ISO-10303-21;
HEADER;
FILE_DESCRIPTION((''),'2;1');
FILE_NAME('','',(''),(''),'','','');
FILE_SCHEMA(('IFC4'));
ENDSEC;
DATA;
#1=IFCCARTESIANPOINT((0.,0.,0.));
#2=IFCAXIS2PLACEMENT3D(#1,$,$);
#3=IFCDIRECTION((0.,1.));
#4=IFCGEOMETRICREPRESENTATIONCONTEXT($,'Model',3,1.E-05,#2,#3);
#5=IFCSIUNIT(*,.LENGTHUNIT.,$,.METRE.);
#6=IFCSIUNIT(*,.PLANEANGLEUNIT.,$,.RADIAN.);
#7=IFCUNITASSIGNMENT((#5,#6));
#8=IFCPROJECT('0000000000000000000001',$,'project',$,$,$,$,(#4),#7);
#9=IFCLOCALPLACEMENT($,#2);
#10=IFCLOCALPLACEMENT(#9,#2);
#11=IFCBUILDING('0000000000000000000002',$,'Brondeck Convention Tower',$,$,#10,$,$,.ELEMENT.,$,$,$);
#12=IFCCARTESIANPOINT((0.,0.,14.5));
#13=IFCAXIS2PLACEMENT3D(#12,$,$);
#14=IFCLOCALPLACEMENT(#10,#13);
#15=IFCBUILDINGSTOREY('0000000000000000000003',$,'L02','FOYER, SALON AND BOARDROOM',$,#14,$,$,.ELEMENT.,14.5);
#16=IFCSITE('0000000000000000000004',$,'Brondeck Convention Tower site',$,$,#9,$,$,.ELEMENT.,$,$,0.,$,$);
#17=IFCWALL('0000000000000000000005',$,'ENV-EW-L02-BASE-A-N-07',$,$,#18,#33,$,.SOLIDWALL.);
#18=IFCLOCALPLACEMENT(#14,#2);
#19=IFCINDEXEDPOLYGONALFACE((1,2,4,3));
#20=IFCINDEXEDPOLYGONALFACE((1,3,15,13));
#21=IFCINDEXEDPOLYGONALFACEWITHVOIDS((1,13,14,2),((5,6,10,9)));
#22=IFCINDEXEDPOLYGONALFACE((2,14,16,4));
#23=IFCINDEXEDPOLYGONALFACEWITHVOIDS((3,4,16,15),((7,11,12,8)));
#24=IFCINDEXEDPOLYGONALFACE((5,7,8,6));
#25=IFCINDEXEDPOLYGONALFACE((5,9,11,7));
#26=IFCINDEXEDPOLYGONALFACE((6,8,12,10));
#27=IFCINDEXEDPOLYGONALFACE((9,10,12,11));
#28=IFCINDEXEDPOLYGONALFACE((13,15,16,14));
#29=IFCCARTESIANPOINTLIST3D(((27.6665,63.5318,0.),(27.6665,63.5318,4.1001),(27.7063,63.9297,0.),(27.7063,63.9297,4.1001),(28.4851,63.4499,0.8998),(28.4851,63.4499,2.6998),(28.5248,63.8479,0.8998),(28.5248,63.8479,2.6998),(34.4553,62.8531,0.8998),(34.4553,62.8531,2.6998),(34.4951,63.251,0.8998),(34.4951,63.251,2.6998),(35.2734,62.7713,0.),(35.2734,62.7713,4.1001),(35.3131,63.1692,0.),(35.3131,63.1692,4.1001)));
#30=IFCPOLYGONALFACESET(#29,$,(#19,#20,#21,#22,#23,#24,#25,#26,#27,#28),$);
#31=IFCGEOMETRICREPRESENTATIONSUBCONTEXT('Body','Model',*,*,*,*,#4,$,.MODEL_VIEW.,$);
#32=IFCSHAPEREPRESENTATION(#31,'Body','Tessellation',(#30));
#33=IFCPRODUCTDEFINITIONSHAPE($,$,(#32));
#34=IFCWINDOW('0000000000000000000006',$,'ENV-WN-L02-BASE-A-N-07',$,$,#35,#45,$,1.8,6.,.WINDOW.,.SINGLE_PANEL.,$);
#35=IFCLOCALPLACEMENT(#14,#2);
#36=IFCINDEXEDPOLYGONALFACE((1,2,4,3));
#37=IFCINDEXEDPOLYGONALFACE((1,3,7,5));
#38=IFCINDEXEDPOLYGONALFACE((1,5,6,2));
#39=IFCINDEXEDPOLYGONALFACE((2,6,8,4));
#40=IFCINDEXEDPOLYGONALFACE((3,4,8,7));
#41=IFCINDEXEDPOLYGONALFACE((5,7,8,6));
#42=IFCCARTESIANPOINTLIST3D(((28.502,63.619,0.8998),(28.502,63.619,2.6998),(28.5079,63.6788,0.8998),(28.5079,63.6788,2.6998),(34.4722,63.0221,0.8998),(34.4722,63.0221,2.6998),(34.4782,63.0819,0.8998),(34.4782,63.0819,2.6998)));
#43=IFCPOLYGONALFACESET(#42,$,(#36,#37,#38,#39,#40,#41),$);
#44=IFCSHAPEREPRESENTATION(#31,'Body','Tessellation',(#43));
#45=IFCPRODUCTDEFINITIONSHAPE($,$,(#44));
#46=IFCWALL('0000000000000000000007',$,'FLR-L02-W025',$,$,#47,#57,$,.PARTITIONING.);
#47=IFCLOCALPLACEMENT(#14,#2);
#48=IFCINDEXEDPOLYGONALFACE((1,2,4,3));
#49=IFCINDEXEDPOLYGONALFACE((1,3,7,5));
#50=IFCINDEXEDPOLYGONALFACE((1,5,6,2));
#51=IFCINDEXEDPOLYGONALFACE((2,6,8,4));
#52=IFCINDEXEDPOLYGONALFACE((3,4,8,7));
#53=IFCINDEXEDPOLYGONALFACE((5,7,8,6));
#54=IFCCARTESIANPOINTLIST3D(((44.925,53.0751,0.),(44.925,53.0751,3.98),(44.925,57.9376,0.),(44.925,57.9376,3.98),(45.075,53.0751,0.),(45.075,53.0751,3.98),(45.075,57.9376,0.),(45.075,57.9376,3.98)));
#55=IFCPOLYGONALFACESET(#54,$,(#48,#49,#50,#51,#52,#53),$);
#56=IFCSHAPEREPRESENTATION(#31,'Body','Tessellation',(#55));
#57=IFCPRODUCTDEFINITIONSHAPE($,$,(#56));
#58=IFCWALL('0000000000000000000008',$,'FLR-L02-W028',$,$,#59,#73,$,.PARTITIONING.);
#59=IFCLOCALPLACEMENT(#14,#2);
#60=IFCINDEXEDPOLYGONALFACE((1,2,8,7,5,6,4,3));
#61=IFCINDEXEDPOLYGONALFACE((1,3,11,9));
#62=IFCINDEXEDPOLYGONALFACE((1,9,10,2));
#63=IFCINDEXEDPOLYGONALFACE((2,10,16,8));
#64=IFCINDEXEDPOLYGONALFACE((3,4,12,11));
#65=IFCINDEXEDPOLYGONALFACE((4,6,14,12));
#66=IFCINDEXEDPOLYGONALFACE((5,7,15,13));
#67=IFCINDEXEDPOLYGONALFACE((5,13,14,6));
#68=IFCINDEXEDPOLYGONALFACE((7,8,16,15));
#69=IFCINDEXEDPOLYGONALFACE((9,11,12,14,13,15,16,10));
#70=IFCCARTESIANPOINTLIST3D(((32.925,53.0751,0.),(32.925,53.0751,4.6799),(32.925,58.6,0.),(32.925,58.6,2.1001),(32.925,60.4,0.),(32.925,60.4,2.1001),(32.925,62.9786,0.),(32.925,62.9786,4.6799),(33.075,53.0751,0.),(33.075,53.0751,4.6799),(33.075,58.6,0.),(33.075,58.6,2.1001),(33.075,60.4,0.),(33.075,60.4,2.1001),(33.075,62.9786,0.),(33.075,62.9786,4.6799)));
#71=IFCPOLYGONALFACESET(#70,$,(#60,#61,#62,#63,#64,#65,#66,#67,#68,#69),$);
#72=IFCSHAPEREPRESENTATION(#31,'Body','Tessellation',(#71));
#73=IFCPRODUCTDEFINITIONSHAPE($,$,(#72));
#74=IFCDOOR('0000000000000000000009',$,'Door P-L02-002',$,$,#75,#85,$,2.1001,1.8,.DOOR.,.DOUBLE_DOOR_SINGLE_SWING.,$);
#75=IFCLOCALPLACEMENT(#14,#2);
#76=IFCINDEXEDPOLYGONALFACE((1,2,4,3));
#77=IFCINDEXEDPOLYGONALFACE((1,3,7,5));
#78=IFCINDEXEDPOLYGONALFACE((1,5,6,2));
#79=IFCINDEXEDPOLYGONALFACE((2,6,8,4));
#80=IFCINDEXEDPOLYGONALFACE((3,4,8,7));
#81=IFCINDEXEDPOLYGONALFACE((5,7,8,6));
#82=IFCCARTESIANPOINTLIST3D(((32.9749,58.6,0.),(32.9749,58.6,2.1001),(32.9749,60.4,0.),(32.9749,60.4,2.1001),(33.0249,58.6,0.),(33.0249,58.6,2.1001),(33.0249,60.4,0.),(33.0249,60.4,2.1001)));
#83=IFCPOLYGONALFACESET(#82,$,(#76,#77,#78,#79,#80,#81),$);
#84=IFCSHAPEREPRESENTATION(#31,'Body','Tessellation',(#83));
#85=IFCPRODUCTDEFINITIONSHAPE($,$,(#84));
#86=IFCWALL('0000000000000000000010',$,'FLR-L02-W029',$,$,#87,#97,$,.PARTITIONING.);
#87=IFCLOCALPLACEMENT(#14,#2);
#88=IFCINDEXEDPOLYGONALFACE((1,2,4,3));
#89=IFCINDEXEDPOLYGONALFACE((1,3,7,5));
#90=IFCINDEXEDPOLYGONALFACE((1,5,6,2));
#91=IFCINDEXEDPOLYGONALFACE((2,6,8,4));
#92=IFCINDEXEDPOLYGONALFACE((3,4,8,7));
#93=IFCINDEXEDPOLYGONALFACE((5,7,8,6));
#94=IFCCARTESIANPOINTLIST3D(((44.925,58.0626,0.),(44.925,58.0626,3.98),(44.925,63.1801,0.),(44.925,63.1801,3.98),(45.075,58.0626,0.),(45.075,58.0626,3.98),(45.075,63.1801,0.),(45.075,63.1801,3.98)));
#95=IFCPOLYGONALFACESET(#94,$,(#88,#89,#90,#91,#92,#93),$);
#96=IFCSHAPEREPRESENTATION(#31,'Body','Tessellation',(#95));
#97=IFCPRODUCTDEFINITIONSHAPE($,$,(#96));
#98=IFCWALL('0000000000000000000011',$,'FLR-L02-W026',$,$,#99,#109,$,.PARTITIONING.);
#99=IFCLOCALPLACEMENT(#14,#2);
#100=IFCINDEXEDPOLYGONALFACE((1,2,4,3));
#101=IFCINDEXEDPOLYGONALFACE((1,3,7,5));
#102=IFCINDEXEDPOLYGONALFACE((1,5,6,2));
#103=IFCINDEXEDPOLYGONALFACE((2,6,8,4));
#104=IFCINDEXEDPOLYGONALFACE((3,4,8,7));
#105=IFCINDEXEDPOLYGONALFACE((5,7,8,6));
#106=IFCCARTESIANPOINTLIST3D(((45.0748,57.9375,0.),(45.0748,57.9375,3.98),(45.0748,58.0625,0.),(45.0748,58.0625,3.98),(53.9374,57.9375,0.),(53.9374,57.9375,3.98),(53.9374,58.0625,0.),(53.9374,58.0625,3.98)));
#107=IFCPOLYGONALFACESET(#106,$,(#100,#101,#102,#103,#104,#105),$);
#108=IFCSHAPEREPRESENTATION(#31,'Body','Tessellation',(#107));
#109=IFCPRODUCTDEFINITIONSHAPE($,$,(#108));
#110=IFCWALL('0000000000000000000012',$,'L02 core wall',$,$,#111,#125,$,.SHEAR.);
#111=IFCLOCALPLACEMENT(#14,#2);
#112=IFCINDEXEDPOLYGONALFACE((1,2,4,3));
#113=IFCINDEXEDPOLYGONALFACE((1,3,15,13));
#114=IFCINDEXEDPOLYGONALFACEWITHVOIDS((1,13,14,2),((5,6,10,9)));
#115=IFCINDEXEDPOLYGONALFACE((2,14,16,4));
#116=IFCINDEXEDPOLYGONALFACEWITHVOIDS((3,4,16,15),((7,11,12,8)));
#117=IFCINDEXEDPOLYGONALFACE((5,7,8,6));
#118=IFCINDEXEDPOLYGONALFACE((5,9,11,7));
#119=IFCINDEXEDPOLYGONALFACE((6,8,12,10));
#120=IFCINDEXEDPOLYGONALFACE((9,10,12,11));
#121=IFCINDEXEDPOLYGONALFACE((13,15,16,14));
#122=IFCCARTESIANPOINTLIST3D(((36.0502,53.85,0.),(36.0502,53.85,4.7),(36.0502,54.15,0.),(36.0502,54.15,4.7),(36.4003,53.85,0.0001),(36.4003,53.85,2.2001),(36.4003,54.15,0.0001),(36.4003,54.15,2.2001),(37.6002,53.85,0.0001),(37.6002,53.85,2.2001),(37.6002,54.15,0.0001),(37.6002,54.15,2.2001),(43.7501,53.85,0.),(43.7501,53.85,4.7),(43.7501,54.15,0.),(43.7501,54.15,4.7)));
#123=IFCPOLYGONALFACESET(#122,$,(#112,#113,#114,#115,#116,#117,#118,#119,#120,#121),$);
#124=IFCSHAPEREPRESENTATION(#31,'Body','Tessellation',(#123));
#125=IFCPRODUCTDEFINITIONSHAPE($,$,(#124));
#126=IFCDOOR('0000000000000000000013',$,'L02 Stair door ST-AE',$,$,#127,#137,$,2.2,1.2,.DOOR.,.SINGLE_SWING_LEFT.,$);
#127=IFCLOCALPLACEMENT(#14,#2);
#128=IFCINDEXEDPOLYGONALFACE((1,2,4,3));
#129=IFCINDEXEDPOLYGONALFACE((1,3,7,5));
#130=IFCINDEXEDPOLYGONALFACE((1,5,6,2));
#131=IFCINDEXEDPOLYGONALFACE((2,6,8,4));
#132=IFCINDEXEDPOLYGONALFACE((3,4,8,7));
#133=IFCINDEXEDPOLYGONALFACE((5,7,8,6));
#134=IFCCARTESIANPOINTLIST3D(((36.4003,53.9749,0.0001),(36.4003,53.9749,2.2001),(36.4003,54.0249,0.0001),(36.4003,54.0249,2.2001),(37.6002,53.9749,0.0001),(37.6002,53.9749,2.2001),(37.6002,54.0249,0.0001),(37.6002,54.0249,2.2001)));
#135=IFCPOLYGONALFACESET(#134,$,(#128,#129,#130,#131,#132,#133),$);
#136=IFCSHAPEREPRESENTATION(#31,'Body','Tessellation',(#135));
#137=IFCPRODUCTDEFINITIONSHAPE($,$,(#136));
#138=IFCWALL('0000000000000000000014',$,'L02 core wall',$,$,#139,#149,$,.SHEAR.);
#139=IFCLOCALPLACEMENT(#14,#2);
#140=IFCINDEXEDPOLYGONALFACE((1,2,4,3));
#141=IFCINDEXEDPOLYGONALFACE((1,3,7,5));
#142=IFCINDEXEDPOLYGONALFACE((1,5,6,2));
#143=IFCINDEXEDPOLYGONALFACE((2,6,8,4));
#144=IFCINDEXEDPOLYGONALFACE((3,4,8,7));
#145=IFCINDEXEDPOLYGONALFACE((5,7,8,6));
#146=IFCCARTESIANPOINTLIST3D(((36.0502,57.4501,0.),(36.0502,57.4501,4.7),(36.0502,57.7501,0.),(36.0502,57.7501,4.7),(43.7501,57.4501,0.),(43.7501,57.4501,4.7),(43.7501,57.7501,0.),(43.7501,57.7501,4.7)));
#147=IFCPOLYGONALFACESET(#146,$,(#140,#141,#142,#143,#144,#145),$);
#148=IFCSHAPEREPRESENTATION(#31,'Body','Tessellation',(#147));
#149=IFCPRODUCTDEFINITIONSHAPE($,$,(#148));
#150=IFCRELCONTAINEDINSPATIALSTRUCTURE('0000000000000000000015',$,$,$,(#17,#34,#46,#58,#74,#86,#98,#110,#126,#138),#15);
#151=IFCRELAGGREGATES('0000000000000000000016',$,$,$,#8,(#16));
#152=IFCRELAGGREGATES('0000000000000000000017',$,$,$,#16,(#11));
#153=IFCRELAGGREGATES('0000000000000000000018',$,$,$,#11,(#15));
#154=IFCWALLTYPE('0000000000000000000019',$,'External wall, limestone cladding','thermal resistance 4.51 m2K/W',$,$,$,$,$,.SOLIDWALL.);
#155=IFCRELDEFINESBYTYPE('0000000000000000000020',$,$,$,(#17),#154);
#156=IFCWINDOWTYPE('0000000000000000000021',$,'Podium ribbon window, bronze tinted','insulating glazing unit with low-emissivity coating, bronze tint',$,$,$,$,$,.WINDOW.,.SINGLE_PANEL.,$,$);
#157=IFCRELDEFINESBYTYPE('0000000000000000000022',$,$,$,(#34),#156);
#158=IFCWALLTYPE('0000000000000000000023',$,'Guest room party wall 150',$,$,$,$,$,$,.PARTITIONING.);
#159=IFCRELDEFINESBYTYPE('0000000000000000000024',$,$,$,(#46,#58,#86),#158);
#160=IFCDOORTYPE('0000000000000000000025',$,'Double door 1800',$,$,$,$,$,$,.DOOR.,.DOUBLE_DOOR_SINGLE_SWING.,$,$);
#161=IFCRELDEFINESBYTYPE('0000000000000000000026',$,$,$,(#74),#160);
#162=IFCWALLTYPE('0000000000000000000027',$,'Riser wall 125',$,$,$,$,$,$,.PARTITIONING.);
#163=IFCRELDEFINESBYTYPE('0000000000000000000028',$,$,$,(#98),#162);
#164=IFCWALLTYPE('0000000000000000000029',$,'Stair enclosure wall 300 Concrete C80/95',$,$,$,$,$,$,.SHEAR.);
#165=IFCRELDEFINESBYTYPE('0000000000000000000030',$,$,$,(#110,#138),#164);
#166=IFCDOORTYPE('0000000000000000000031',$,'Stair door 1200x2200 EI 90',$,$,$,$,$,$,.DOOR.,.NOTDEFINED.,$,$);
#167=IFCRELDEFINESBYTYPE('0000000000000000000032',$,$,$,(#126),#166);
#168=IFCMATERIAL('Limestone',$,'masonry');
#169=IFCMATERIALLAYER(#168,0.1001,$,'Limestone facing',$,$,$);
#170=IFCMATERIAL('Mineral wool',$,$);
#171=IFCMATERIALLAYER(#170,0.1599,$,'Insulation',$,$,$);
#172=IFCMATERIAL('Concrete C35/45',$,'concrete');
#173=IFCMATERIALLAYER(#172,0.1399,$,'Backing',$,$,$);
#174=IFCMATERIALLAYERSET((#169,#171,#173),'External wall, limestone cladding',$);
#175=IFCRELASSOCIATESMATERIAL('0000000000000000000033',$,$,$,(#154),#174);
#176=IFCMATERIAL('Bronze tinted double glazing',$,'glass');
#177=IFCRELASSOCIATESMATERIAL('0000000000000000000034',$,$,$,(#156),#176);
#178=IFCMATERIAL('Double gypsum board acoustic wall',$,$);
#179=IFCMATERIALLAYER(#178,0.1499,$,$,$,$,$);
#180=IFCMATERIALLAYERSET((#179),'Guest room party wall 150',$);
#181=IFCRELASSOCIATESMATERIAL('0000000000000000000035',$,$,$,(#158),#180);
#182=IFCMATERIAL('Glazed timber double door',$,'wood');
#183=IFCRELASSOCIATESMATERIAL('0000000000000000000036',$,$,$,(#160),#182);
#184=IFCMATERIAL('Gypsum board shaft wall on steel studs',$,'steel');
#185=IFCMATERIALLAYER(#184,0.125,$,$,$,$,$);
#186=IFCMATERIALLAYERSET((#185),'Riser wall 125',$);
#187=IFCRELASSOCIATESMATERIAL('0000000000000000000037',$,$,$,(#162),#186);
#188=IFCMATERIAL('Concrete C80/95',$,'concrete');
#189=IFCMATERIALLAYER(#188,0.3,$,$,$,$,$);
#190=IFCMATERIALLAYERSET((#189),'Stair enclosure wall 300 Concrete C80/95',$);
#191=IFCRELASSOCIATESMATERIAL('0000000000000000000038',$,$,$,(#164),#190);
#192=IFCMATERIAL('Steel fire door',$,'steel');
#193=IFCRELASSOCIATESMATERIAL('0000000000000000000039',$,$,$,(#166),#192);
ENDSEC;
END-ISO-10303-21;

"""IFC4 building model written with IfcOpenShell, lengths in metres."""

from ifc_helpers import new_model, si_unit, direction, frame, frame_2d, origin, place, context, subcontext, project, spatial, rectangle, extrude, material, layer, layer_set, type_object, element, fill, save


model = new_model("IFC4")

# Units and contexts
model_context = context("Model", 3, precision=1e-05, world=origin(), true_north=direction((0.0, 1.0)))
body_context = subcontext(model_context, "Body", "Model", "MODEL_VIEW")
ifc_project = project(units=[si_unit("LENGTHUNIT", "METRE"), si_unit("PLANEANGLEUNIT", "RADIAN")], contexts=[model_context])

# Site, building, storey
site_placement = place(None, origin())
site = spatial("IfcSite", under=ifc_project, at=site_placement, Name="Brondeck Convention Tower site", CompositionType="ELEMENT", RefElevation=0.0)
building_placement = place(site_placement, origin())
building = spatial("IfcBuilding", under=site, at=building_placement, Name="Brondeck Convention Tower", CompositionType="ELEMENT")
storey_placement = place(building_placement, frame((0.0, 0.0, 14.5)))
storey = spatial("IfcBuildingStorey", under=building, at=storey_placement, Name="L02", Description="FOYER, SALON AND BOARDROOM", CompositionType="ELEMENT", Elevation=14.5)

# Shared definitions
ifc_material_1 = material(Name="Concrete C80/95", Category="concrete")

# Wall, opening, window
ifc_material_2 = material(Name="Limestone", Category="masonry")
ifc_layer_1 = layer(ifc_material_2, 0.1001, Name="Limestone facing")
ifc_material_3 = material(Name="Mineral wool")
ifc_layer_2 = layer(ifc_material_3, 0.1599, Name="Insulation")
ifc_material_4 = material(Name="Concrete C35/45", Category="concrete")
ifc_layer_3 = layer(ifc_material_4, 0.1399, Name="Backing")
ifc_layer_set_1 = layer_set([ifc_layer_1, ifc_layer_2, ifc_layer_3], Name="External wall, limestone cladding")
wall_type_1 = type_object("IfcWallType", Name="External wall, limestone cladding", Description="thermal resistance 4.51 m2K/W", PredefinedType="SOLIDWALL", material=ifc_layer_set_1)
ifc_material_5 = material(Name="Bronze tinted double glazing", Category="glass")
window_type = type_object("IfcWindowType", Name="Podium ribbon window, bronze tinted", Description="insulating glazing unit with low-emissivity coating, bronze tint", PartitioningType="SINGLE_PANEL", PredefinedType="WINDOW", material=ifc_material_5)
wall_1_placement = place(storey_placement, frame((27.6865, 63.7307, 0.0), z_axis=(0.0, 0.0, 1.0), x_axis=(0.99504, -0.099478, 0.0)))
wall_1 = element("IfcWall", 1, at=wall_1_placement, inside=storey, type_object=wall_type_1, Name="ENV-EW-L02-BASE-A-N-07", PredefinedType="SOLIDWALL", context=body_context, shape_type="SweptSolid", body=[
    extrude(rectangle(XDim=7.6448, YDim=0.3999, at=frame_2d((3.8223, 0.0))), origin(), (0.0, 0.0, 1.0), 4.1001),
])
opening_1_placement = place(wall_1_placement, frame((0.8225, 0.0, 0.8999)))
opening_1 = element("IfcOpeningElement", 2, at=opening_1_placement, cuts=wall_1, PredefinedType="OPENING", context=body_context, shape_type="SweptSolid", body=[
    extrude(rectangle(XDim=6.0, YDim=1.8, at=frame_2d((3.0, 0.8999))), frame((0.0, 0.21, 0.0), z_axis=(0.0, -1.0, 0.0), x_axis=(1.0, 0.0, 0.0)), (0.0, 0.0, 1.0), 0.4199),
])
window_1_placement = place(opening_1_placement, origin())
window_1 = element("IfcWindow", 3, at=window_1_placement, inside=storey, type_object=window_type, Name="ENV-WN-L02-BASE-A-N-07", OverallHeight=1.8, OverallWidth=6.0, PartitioningType="SINGLE_PANEL", PredefinedType="WINDOW", context=body_context, shape_type="SweptSolid", body=[
    extrude(rectangle(XDim=6.0, YDim=1.8, at=frame_2d((3.0, 0.8999))), frame((0.0, 0.03, 0.0), z_axis=(0.0, -1.0, 0.0), x_axis=(1.0, 0.0, 0.0)), (0.0, 0.0, 1.0), 0.0601),
])
fill(opening_1, window_1)

# Wall
ifc_material_6 = material(Name="Double gypsum board acoustic wall")
ifc_layer_4 = layer(ifc_material_6, 0.1499)
ifc_layer_set_2 = layer_set([ifc_layer_4], Name="Guest room party wall 150")
wall_type_2 = type_object("IfcWallType", Name="Guest room party wall 150", PredefinedType="PARTITIONING", material=ifc_layer_set_2)
wall_2_placement = place(storey_placement, frame((45.0, 57.9375, 0.0), z_axis=(0.0, 0.0, 1.0), x_axis=(0.0, -1.0, 0.0)))
element("IfcWall", 4, at=wall_2_placement, inside=storey, type_object=wall_type_2, Name="FLR-L02-W025", PredefinedType="PARTITIONING", context=body_context, shape_type="SweptSolid", body=[
    extrude(rectangle(XDim=4.8625, YDim=0.1499, at=frame_2d((2.4312, 0.0))), origin(), (0.0, 0.0, 1.0), 3.98),
])

# Wall, opening, door
wall_3_placement = place(storey_placement, frame((33.0, 62.9785, 0.0), z_axis=(0.0, 0.0, 1.0), x_axis=(0.0, -1.0, 0.0)))
wall_3 = element("IfcWall", 5, at=wall_3_placement, inside=storey, type_object=wall_type_2, Name="FLR-L02-W028", PredefinedType="PARTITIONING", context=body_context, shape_type="SweptSolid", body=[
    extrude(rectangle(XDim=9.9036, YDim=0.1499, at=frame_2d((4.9517, 0.0))), origin(), (0.0, 0.0, 1.0), 4.6799),
])
opening_2_placement = place(wall_3_placement, frame((2.5786, 0.0, 0.0)))
opening_2 = element("IfcOpeningElement", 6, at=opening_2_placement, cuts=wall_3, PredefinedType="OPENING", context=body_context, shape_type="SweptSolid", body=[
    extrude(rectangle(XDim=1.8, YDim=2.1001, at=frame_2d((0.8999, 1.05))), frame((0.0, 0.085, 0.0), z_axis=(0.0, -1.0, 0.0), x_axis=(1.0, 0.0, 0.0)), (0.0, 0.0, 1.0), 0.1699),
])
ifc_material_7 = material(Name="Glazed timber double door", Category="wood")
door_type_1 = type_object("IfcDoorType", Name="Double door 1800", OperationType="DOUBLE_DOOR_SINGLE_SWING", PredefinedType="DOOR", material=ifc_material_7)
door_1_placement = place(opening_2_placement, origin())
door_1 = element("IfcDoor", 7, at=door_1_placement, inside=storey, type_object=door_type_1, Name="Door P-L02-002", OperationType="DOUBLE_DOOR_SINGLE_SWING", OverallHeight=2.1001, OverallWidth=1.8, PredefinedType="DOOR", context=body_context, shape_type="SweptSolid", body=[
    extrude(rectangle(XDim=1.8, YDim=2.1001, at=frame_2d((0.8999, 1.05))), frame((0.0, 0.0249, 0.0), z_axis=(0.0, -1.0, 0.0), x_axis=(1.0, 0.0, 0.0)), (0.0, 0.0, 1.0), 0.05),
])
fill(opening_2, door_1)

# Walls
wall_4_placement = place(storey_placement, frame((45.0, 63.1799, 0.0), z_axis=(0.0, 0.0, 1.0), x_axis=(0.0, -1.0, 0.0)))
element("IfcWall", 8, at=wall_4_placement, inside=storey, type_object=wall_type_2, Name="FLR-L02-W029", PredefinedType="PARTITIONING", context=body_context, shape_type="SweptSolid", body=[
    extrude(rectangle(XDim=5.1174, YDim=0.1499, at=frame_2d((2.5586, 0.0))), origin(), (0.0, 0.0, 1.0), 3.98),
])
ifc_material_8 = material(Name="Gypsum board shaft wall on steel studs", Category="steel")
ifc_layer_5 = layer(ifc_material_8, 0.125)
ifc_layer_set_3 = layer_set([ifc_layer_5], Name="Riser wall 125")
wall_type_3 = type_object("IfcWallType", Name="Riser wall 125", PredefinedType="PARTITIONING", material=ifc_layer_set_3)
wall_5_placement = place(storey_placement, frame((45.075, 58.0, 0.0), z_axis=(0.0, 0.0, 1.0), x_axis=(1.0, 0.0, 0.0)))
element("IfcWall", 9, at=wall_5_placement, inside=storey, type_object=wall_type_3, Name="FLR-L02-W026", PredefinedType="PARTITIONING", context=body_context, shape_type="SweptSolid", body=[
    extrude(rectangle(XDim=8.8625, YDim=0.125, at=frame_2d((4.4312, 0.0))), origin(), (0.0, 0.0, 1.0), 3.98),
])

# Wall, opening, door
ifc_layer_6 = layer(ifc_material_1, 0.3)
ifc_layer_set_4 = layer_set([ifc_layer_6], Name="Stair enclosure wall 300 Concrete C80/95")
wall_type_4 = type_object("IfcWallType", Name="Stair enclosure wall 300 Concrete C80/95", PredefinedType="SHEAR", material=ifc_layer_set_4)
wall_6_placement = place(storey_placement, frame((36.05, 54.0, 0.0), z_axis=(0.0, 0.0, 1.0), x_axis=(1.0, 0.0, 0.0)))
wall_6 = element("IfcWall", 10, at=wall_6_placement, inside=storey, type_object=wall_type_4, Name="L02 core wall", PredefinedType="SHEAR", context=body_context, shape_type="SweptSolid", body=[
    extrude(rectangle(XDim=7.7, YDim=0.3, at=frame_2d((3.8501, 0.0))), origin(), (0.0, 0.0, 1.0), 4.7),
])
opening_3_placement = place(wall_6_placement, frame((0.3501, 0.0, 0.0)))
opening_3 = element("IfcOpeningElement", 11, at=opening_3_placement, cuts=wall_6, PredefinedType="OPENING", context=body_context, shape_type="SweptSolid", body=[
    extrude(rectangle(XDim=1.2, YDim=2.2, at=frame_2d((0.6001, 1.1001))), frame((0.0, 0.1599, 0.0), z_axis=(0.0, -1.0, 0.0), x_axis=(1.0, 0.0, 0.0)), (0.0, 0.0, 1.0), 0.3201),
])
ifc_material_9 = material(Name="Steel fire door", Category="steel")
door_type_2 = type_object("IfcDoorType", Name="Stair door 1200x2200 EI 90", OperationType="NOTDEFINED", PredefinedType="DOOR", material=ifc_material_9)
door_2_placement = place(opening_3_placement, origin())
door_2 = element("IfcDoor", 12, at=door_2_placement, inside=storey, type_object=door_type_2, Name="L02 Stair door ST-AE", OperationType="SINGLE_SWING_LEFT", OverallHeight=2.2, OverallWidth=1.2, PredefinedType="DOOR", context=body_context, shape_type="SweptSolid", body=[
    extrude(rectangle(XDim=1.2, YDim=2.2, at=frame_2d((0.6001, 1.1001))), frame((0.0, 0.0249, 0.0), z_axis=(0.0, -1.0, 0.0), x_axis=(1.0, 0.0, 0.0)), (0.0, 0.0, 1.0), 0.05),
])
fill(opening_3, door_2)

# Wall
wall_7_placement = place(storey_placement, frame((36.05, 57.6001, 0.0), z_axis=(0.0, 0.0, 1.0), x_axis=(1.0, 0.0, 0.0)))
element("IfcWall", 13, at=wall_7_placement, inside=storey, type_object=wall_type_4, Name="L02 core wall", PredefinedType="SHEAR", context=body_context, shape_type="SweptSolid", body=[
    extrude(rectangle(XDim=7.7, YDim=0.3, at=frame_2d((3.8501, 0.0))), origin(), (0.0, 0.0, 1.0), 4.7),
])

save(model, "model.ifc")
